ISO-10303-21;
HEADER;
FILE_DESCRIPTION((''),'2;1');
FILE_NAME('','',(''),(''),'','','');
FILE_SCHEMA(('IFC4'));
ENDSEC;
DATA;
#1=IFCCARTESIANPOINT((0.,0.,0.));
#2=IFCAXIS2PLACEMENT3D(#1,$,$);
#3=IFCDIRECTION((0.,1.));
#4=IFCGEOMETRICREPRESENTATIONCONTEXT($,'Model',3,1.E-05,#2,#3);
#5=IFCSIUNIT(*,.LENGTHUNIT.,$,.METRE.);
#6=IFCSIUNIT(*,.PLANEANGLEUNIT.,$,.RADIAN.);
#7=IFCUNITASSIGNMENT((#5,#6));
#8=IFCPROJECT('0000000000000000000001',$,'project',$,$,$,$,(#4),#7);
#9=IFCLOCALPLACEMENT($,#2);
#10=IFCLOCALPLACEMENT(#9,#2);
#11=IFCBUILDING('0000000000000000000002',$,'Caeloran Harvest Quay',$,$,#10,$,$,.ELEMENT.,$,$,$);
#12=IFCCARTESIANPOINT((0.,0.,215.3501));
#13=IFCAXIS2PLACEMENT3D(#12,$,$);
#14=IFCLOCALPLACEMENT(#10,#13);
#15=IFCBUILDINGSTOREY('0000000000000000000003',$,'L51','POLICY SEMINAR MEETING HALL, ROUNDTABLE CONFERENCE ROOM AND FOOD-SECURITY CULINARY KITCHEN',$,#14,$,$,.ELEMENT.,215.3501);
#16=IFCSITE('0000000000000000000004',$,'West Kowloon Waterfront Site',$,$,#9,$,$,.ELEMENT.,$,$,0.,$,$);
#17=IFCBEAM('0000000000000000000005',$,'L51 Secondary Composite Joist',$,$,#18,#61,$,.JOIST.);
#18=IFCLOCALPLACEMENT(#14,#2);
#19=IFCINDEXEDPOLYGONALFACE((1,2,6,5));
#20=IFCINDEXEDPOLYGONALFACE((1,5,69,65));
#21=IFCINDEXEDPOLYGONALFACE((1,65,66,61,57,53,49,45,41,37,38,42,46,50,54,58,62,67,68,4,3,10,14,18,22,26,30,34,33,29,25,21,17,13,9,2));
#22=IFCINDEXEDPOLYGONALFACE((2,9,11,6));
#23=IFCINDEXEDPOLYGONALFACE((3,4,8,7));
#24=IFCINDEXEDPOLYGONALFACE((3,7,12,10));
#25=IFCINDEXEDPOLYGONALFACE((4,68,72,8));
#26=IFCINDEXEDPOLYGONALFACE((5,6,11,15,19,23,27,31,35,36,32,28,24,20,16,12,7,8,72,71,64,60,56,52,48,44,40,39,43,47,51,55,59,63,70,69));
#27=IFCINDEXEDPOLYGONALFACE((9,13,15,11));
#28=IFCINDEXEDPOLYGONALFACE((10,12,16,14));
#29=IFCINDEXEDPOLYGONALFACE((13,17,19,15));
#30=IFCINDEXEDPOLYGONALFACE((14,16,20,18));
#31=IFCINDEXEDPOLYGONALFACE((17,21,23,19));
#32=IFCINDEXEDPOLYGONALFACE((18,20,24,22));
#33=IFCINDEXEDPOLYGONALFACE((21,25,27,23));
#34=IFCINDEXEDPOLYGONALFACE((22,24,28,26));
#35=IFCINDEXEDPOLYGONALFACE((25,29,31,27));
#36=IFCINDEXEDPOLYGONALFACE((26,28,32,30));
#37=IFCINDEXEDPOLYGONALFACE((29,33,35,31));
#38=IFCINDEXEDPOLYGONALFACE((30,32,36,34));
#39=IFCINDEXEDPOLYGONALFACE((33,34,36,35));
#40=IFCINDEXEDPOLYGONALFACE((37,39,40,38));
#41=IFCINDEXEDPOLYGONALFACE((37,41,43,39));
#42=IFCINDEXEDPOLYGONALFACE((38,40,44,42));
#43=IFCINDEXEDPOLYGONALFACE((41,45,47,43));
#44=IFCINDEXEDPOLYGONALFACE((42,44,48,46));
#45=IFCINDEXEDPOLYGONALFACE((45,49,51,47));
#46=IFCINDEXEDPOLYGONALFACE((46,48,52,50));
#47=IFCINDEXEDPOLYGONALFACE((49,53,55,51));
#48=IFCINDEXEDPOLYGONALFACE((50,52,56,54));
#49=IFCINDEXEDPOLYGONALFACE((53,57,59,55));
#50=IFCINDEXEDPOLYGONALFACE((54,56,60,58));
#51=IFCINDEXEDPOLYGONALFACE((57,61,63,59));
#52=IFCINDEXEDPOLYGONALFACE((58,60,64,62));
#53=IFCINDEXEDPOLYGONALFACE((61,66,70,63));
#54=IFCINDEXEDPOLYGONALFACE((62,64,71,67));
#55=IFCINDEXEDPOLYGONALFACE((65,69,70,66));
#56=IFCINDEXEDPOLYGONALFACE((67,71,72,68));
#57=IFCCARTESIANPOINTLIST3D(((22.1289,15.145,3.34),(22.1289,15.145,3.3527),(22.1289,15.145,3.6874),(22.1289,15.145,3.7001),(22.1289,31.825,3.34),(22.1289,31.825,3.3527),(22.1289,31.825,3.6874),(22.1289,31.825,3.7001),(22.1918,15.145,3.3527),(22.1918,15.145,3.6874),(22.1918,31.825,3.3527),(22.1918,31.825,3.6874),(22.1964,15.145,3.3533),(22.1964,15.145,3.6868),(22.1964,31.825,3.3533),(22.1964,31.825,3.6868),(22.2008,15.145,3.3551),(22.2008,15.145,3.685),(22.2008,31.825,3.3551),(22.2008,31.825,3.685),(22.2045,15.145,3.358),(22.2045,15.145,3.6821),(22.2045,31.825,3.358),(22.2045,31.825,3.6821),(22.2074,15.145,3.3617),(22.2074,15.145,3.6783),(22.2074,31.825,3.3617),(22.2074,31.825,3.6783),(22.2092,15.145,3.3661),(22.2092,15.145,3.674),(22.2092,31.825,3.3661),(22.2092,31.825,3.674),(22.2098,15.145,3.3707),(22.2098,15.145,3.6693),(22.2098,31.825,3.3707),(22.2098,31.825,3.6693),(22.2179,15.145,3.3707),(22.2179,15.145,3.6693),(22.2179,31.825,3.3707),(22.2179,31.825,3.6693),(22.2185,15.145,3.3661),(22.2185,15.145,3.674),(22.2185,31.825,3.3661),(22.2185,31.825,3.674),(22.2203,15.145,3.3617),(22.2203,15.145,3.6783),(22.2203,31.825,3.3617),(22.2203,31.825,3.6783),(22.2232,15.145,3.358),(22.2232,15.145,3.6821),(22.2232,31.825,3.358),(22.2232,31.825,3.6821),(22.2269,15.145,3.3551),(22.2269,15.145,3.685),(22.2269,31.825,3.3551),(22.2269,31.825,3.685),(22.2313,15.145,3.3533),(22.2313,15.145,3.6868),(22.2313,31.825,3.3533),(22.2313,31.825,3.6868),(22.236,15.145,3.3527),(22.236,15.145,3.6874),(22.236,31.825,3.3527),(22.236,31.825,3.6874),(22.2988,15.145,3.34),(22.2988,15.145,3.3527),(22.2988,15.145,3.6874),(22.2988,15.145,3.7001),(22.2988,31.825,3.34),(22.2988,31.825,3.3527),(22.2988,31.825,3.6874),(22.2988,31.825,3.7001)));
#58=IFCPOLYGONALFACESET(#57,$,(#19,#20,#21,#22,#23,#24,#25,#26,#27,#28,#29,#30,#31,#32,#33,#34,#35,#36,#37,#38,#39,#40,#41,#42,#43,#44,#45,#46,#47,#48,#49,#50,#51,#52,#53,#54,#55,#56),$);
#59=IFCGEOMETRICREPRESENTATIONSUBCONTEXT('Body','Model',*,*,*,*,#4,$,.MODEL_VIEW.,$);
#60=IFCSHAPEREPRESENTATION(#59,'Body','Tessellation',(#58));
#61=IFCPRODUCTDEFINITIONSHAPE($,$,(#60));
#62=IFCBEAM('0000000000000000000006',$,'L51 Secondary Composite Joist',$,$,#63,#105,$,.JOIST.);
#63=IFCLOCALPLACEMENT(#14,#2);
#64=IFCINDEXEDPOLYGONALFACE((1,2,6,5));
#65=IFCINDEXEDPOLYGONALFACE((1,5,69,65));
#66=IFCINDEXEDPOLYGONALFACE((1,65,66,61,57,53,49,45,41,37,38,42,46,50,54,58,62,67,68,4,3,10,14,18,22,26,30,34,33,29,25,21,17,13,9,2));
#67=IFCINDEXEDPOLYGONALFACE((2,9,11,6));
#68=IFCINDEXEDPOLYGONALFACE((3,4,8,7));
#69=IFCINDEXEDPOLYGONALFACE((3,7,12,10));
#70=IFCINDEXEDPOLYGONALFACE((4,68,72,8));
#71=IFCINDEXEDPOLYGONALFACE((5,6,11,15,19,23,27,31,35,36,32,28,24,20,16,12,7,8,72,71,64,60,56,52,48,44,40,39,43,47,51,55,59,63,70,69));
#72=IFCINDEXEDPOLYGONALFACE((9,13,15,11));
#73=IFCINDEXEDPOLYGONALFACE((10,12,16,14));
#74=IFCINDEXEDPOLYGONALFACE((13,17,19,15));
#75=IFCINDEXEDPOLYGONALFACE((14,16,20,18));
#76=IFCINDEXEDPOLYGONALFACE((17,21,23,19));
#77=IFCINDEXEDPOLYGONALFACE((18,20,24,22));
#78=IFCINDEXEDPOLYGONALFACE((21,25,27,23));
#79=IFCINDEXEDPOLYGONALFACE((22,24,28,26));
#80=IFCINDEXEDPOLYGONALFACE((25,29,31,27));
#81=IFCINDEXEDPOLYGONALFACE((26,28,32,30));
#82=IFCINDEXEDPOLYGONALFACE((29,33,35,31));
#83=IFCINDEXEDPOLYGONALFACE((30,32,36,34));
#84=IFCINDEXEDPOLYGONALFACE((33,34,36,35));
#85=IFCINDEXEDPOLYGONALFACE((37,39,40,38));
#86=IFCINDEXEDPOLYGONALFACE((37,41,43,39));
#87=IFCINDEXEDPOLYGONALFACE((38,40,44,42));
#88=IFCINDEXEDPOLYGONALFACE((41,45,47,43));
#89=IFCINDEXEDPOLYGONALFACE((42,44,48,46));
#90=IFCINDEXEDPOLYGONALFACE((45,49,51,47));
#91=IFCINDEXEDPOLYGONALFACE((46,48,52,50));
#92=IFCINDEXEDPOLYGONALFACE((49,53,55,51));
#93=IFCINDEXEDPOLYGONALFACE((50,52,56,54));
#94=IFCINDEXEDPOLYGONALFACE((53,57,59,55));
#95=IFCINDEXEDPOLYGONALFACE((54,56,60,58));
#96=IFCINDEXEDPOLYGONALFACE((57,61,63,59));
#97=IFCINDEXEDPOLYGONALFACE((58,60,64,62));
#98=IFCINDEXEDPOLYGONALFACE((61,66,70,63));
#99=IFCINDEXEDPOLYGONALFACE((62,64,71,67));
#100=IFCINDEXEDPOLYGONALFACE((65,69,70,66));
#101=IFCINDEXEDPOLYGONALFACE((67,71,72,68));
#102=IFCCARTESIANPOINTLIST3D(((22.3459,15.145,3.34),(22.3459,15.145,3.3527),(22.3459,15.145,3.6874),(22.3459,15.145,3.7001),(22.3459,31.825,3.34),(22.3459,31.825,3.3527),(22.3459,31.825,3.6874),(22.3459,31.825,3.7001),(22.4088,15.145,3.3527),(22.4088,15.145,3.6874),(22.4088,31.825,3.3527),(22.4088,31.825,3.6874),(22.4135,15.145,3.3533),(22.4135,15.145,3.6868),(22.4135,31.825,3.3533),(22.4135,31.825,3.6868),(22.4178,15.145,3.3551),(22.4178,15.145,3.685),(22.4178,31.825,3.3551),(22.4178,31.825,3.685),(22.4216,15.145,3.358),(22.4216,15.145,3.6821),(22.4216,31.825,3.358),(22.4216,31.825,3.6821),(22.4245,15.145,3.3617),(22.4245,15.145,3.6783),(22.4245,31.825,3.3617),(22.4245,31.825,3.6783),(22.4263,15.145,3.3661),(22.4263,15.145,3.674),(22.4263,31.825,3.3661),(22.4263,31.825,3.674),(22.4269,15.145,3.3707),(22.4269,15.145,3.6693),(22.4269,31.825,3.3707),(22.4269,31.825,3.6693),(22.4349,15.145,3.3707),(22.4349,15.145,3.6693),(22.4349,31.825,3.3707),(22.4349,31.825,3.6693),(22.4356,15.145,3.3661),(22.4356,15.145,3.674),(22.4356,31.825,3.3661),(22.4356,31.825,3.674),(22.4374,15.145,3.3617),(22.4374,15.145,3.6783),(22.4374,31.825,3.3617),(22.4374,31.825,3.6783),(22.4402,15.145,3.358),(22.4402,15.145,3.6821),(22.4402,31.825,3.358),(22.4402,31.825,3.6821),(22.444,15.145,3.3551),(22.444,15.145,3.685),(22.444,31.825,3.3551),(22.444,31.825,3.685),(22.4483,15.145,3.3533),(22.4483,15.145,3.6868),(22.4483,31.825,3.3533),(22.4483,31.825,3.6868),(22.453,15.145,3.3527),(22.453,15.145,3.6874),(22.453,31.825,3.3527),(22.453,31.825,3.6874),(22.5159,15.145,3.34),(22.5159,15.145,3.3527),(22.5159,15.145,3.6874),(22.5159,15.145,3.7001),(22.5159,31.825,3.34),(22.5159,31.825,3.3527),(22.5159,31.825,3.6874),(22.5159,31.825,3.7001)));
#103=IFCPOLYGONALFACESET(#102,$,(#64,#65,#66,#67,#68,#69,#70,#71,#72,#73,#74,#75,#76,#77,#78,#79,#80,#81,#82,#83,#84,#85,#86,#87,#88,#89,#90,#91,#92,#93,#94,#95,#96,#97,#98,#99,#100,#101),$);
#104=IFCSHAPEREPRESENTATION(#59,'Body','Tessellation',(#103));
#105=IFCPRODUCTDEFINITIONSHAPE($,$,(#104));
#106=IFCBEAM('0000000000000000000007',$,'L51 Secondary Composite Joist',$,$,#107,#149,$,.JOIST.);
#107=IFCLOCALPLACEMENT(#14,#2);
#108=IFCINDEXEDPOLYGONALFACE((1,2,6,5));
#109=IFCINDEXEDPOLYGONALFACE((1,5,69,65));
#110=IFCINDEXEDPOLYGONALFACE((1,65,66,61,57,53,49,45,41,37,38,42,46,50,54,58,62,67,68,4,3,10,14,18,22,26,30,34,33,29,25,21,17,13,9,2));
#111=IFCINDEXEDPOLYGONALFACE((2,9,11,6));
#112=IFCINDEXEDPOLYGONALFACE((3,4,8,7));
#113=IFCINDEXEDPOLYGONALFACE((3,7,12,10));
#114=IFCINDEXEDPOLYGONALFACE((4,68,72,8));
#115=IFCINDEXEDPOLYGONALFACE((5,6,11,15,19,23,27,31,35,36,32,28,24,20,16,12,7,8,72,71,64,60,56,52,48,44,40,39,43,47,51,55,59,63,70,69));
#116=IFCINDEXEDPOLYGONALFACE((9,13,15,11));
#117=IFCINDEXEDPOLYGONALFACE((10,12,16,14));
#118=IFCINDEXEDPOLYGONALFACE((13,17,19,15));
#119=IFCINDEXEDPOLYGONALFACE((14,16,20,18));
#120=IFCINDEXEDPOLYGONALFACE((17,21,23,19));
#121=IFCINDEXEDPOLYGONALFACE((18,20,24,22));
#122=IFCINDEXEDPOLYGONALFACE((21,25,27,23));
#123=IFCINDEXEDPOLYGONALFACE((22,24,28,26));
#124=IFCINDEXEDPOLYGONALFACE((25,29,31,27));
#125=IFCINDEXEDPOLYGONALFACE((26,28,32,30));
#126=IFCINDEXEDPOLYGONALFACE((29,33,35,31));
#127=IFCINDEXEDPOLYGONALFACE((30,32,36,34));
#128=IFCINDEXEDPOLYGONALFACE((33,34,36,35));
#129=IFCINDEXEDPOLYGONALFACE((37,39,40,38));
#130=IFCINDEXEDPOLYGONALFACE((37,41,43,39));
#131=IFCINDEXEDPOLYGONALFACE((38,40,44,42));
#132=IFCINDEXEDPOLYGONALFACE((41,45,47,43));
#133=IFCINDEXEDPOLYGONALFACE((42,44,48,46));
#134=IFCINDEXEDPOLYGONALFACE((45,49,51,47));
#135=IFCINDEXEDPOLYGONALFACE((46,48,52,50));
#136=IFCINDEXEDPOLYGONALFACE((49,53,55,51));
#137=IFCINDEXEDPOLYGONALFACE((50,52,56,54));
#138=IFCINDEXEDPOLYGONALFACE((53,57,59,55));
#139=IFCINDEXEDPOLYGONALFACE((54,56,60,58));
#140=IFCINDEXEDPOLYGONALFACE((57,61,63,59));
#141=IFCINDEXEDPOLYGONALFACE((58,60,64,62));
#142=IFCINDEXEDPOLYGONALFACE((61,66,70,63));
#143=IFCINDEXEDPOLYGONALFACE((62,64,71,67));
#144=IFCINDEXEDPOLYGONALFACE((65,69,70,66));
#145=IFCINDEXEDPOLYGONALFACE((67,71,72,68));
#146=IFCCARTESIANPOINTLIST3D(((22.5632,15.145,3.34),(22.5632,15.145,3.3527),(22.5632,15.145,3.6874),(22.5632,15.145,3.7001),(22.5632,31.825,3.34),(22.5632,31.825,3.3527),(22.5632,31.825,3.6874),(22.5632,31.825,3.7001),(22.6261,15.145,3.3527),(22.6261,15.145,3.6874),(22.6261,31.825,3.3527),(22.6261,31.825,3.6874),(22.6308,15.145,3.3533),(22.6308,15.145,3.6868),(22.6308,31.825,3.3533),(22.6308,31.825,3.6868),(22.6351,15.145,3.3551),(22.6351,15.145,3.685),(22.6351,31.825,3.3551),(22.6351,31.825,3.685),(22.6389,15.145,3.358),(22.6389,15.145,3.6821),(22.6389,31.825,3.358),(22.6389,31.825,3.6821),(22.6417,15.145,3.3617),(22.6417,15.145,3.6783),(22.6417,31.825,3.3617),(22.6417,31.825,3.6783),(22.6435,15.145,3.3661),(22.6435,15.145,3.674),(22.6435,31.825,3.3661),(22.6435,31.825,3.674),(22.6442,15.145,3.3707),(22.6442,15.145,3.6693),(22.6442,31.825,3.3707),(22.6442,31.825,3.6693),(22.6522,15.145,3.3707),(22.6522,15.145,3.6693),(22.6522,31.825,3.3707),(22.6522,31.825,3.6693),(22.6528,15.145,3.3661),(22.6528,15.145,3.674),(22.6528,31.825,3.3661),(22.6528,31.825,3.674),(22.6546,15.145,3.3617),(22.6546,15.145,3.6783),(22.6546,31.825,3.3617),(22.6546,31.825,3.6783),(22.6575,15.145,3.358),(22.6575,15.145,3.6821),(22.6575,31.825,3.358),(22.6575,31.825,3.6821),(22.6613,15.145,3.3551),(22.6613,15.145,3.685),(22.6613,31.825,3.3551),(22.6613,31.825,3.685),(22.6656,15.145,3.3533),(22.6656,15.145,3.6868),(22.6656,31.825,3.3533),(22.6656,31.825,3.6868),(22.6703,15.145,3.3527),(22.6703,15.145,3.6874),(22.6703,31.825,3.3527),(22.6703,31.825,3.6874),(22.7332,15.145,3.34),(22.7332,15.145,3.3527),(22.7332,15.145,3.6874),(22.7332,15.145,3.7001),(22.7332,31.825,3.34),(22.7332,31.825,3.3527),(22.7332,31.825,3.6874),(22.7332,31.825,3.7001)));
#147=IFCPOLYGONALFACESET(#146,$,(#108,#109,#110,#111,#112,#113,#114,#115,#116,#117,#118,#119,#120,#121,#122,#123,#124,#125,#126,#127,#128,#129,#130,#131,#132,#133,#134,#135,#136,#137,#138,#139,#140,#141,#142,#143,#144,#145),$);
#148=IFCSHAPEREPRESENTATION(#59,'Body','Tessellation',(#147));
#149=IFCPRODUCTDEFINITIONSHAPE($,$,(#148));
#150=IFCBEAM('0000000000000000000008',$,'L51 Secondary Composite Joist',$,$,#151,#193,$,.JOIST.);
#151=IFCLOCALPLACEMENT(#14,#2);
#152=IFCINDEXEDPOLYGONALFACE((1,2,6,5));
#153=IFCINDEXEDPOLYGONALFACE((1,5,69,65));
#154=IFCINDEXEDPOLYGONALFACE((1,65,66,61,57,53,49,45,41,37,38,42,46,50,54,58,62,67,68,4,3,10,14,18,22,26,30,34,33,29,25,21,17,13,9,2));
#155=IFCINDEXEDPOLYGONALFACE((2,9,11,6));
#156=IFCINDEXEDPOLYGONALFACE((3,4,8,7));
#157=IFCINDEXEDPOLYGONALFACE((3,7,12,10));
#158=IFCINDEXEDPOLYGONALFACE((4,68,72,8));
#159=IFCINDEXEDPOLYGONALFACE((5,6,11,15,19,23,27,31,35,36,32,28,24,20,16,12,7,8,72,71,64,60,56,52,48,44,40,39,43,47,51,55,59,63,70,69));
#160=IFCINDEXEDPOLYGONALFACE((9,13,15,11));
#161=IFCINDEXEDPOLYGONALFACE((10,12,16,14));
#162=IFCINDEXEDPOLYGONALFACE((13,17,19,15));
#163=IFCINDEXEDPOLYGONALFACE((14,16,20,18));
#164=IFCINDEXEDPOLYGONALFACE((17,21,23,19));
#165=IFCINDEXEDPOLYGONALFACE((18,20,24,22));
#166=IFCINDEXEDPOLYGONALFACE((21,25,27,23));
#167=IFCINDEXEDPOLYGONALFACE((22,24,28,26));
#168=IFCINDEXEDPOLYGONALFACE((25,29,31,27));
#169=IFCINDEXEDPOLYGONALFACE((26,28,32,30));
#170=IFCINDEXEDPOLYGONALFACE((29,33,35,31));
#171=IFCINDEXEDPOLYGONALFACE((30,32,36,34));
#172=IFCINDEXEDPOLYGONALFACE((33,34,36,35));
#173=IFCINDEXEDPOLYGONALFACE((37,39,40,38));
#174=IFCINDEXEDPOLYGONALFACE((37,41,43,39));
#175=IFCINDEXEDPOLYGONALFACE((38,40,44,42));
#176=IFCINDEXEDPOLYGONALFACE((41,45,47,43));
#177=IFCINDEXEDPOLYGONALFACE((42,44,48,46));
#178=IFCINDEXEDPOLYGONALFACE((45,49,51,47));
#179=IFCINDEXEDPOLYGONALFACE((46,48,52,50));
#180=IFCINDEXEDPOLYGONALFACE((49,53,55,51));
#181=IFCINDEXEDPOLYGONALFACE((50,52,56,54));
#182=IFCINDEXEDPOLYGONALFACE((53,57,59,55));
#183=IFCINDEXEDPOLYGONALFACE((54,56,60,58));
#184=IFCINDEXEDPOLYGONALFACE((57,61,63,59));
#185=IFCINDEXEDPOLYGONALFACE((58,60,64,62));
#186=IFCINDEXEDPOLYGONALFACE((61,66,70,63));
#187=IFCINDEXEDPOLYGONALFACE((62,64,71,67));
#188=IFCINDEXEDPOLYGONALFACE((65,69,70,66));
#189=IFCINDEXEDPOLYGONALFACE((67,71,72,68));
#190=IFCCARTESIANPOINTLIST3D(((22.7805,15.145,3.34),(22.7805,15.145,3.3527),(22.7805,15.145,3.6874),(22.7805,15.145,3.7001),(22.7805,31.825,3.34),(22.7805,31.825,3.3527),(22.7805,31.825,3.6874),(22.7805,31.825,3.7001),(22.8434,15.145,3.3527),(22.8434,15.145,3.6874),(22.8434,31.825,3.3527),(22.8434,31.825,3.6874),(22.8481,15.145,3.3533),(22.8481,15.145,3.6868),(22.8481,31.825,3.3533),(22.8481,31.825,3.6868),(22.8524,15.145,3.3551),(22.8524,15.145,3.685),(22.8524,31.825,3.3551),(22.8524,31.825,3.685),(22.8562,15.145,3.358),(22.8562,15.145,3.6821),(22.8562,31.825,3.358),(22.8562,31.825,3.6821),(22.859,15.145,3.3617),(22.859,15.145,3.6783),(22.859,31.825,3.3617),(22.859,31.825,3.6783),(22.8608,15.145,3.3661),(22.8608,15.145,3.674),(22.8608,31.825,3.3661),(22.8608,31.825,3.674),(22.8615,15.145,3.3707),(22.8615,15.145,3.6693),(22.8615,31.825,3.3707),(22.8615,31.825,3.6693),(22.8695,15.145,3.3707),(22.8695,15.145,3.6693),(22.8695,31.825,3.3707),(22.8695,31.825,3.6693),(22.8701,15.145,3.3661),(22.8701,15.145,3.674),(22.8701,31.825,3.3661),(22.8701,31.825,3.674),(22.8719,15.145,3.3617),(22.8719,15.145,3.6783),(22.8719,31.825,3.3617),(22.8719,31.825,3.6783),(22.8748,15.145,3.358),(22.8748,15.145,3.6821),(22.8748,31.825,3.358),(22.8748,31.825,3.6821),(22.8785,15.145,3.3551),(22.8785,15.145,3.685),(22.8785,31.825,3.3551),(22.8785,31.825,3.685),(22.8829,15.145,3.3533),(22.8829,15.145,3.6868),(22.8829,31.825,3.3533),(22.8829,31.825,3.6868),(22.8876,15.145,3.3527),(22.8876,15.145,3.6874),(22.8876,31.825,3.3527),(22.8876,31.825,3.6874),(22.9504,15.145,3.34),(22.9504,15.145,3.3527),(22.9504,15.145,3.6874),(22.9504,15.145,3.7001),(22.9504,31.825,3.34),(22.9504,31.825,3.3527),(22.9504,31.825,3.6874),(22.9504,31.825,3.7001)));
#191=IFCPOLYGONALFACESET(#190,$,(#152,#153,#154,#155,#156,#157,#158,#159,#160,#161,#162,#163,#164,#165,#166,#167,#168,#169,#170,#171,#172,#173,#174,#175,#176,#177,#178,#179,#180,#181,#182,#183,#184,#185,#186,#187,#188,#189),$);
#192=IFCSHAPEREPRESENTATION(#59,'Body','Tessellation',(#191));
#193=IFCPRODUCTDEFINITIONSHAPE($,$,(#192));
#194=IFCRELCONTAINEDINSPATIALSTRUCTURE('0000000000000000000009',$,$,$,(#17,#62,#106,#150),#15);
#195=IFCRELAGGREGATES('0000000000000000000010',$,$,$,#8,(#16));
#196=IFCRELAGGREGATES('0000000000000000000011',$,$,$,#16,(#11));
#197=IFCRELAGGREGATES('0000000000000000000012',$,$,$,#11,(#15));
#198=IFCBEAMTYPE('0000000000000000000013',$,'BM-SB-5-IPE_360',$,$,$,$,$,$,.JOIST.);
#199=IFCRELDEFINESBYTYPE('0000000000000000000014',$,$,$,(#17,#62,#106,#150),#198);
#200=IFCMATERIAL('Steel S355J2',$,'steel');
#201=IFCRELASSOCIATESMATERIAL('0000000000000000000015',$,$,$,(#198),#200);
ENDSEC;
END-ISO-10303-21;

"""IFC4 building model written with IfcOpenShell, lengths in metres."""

from ifc_helpers import new_model, si_unit, direction, frame, origin, origin_2d, place, context, subcontext, project, spatial, i_section, extrude, material, material_profile, profile_set, type_object, element, save


model = new_model("IFC4")

# Units and contexts
model_context = context("Model", 3, precision=1e-05, world=origin(), true_north=direction((0.0, 1.0)))
body_context = subcontext(model_context, "Body", "Model", "MODEL_VIEW")
ifc_project = project(units=[si_unit("LENGTHUNIT", "METRE"), si_unit("PLANEANGLEUNIT", "RADIAN")], contexts=[model_context])

# Site, building, storey
site_placement = place(None, origin())
site = spatial("IfcSite", under=ifc_project, at=site_placement, Name="West Kowloon Waterfront Site", CompositionType="ELEMENT", RefElevation=0.0)
building_placement = place(site_placement, origin())
building = spatial("IfcBuilding", under=site, at=building_placement, Name="Caeloran Harvest Quay", CompositionType="ELEMENT")
storey_placement = place(building_placement, frame((0.0, 0.0, 215.3501)))
storey = spatial("IfcBuildingStorey", under=building, at=storey_placement, Name="L51", Description="POLICY SEMINAR MEETING HALL, ROUNDTABLE CONFERENCE ROOM AND FOOD-SECURITY CULINARY KITCHEN", CompositionType="ELEMENT", Elevation=215.3501)

# Beams
ifc_material_1 = material(Name="Steel S355J2", Category="steel")
ifc_material_profile_1 = material_profile(ifc_material_1, i_section(OverallWidth=0.1699, OverallDepth=0.3601, WebThickness=0.0081, FlangeThickness=0.0127, FilletRadius=0.0181, at=origin_2d()), Name="IPE 360")
ifc_profile_set_1 = profile_set([ifc_material_profile_1], Name="Steel S355J2")
beam_type_1 = type_object("IfcBeamType", Name="BM-SB-5-IPE_360", PredefinedType="JOIST", material=ifc_profile_set_1)
for number, where, z_axis, x_axis, name in (
    (1, (22.2139, 15.145, 3.52), (0.0, 1.0, 0.0), (-1.0, 0.0, 0.0), "L51 Secondary Composite Joist"),
    (2, (22.4309, 15.145, 3.52), (0.0, 1.0, 0.0), (-1.0, 0.0, 0.0), "L51 Secondary Composite Joist"),
    (3, (22.6482, 15.145, 3.52), (0.0, 1.0, 0.0), (-1.0, 0.0, 0.0), "L51 Secondary Composite Joist"),
    (4, (22.8655, 15.145, 3.52), (0.0, 1.0, 0.0), (-1.0, 0.0, 0.0), "L51 Secondary Composite Joist"),
):
    element("IfcBeam", number, at=place(storey_placement, frame(where, z_axis=z_axis, x_axis=x_axis)), inside=storey, type_object=beam_type_1, Name=name, PredefinedType="JOIST", context=body_context, shape_type="SweptSolid", body=[
        extrude(i_section(OverallWidth=0.1699, OverallDepth=0.3601, WebThickness=0.0081, FlangeThickness=0.0127, FilletRadius=0.0181, at=origin_2d()), origin(), (0.0, 0.0, 1.0), 16.6799),
    ])

save(model, "model.ifc")
